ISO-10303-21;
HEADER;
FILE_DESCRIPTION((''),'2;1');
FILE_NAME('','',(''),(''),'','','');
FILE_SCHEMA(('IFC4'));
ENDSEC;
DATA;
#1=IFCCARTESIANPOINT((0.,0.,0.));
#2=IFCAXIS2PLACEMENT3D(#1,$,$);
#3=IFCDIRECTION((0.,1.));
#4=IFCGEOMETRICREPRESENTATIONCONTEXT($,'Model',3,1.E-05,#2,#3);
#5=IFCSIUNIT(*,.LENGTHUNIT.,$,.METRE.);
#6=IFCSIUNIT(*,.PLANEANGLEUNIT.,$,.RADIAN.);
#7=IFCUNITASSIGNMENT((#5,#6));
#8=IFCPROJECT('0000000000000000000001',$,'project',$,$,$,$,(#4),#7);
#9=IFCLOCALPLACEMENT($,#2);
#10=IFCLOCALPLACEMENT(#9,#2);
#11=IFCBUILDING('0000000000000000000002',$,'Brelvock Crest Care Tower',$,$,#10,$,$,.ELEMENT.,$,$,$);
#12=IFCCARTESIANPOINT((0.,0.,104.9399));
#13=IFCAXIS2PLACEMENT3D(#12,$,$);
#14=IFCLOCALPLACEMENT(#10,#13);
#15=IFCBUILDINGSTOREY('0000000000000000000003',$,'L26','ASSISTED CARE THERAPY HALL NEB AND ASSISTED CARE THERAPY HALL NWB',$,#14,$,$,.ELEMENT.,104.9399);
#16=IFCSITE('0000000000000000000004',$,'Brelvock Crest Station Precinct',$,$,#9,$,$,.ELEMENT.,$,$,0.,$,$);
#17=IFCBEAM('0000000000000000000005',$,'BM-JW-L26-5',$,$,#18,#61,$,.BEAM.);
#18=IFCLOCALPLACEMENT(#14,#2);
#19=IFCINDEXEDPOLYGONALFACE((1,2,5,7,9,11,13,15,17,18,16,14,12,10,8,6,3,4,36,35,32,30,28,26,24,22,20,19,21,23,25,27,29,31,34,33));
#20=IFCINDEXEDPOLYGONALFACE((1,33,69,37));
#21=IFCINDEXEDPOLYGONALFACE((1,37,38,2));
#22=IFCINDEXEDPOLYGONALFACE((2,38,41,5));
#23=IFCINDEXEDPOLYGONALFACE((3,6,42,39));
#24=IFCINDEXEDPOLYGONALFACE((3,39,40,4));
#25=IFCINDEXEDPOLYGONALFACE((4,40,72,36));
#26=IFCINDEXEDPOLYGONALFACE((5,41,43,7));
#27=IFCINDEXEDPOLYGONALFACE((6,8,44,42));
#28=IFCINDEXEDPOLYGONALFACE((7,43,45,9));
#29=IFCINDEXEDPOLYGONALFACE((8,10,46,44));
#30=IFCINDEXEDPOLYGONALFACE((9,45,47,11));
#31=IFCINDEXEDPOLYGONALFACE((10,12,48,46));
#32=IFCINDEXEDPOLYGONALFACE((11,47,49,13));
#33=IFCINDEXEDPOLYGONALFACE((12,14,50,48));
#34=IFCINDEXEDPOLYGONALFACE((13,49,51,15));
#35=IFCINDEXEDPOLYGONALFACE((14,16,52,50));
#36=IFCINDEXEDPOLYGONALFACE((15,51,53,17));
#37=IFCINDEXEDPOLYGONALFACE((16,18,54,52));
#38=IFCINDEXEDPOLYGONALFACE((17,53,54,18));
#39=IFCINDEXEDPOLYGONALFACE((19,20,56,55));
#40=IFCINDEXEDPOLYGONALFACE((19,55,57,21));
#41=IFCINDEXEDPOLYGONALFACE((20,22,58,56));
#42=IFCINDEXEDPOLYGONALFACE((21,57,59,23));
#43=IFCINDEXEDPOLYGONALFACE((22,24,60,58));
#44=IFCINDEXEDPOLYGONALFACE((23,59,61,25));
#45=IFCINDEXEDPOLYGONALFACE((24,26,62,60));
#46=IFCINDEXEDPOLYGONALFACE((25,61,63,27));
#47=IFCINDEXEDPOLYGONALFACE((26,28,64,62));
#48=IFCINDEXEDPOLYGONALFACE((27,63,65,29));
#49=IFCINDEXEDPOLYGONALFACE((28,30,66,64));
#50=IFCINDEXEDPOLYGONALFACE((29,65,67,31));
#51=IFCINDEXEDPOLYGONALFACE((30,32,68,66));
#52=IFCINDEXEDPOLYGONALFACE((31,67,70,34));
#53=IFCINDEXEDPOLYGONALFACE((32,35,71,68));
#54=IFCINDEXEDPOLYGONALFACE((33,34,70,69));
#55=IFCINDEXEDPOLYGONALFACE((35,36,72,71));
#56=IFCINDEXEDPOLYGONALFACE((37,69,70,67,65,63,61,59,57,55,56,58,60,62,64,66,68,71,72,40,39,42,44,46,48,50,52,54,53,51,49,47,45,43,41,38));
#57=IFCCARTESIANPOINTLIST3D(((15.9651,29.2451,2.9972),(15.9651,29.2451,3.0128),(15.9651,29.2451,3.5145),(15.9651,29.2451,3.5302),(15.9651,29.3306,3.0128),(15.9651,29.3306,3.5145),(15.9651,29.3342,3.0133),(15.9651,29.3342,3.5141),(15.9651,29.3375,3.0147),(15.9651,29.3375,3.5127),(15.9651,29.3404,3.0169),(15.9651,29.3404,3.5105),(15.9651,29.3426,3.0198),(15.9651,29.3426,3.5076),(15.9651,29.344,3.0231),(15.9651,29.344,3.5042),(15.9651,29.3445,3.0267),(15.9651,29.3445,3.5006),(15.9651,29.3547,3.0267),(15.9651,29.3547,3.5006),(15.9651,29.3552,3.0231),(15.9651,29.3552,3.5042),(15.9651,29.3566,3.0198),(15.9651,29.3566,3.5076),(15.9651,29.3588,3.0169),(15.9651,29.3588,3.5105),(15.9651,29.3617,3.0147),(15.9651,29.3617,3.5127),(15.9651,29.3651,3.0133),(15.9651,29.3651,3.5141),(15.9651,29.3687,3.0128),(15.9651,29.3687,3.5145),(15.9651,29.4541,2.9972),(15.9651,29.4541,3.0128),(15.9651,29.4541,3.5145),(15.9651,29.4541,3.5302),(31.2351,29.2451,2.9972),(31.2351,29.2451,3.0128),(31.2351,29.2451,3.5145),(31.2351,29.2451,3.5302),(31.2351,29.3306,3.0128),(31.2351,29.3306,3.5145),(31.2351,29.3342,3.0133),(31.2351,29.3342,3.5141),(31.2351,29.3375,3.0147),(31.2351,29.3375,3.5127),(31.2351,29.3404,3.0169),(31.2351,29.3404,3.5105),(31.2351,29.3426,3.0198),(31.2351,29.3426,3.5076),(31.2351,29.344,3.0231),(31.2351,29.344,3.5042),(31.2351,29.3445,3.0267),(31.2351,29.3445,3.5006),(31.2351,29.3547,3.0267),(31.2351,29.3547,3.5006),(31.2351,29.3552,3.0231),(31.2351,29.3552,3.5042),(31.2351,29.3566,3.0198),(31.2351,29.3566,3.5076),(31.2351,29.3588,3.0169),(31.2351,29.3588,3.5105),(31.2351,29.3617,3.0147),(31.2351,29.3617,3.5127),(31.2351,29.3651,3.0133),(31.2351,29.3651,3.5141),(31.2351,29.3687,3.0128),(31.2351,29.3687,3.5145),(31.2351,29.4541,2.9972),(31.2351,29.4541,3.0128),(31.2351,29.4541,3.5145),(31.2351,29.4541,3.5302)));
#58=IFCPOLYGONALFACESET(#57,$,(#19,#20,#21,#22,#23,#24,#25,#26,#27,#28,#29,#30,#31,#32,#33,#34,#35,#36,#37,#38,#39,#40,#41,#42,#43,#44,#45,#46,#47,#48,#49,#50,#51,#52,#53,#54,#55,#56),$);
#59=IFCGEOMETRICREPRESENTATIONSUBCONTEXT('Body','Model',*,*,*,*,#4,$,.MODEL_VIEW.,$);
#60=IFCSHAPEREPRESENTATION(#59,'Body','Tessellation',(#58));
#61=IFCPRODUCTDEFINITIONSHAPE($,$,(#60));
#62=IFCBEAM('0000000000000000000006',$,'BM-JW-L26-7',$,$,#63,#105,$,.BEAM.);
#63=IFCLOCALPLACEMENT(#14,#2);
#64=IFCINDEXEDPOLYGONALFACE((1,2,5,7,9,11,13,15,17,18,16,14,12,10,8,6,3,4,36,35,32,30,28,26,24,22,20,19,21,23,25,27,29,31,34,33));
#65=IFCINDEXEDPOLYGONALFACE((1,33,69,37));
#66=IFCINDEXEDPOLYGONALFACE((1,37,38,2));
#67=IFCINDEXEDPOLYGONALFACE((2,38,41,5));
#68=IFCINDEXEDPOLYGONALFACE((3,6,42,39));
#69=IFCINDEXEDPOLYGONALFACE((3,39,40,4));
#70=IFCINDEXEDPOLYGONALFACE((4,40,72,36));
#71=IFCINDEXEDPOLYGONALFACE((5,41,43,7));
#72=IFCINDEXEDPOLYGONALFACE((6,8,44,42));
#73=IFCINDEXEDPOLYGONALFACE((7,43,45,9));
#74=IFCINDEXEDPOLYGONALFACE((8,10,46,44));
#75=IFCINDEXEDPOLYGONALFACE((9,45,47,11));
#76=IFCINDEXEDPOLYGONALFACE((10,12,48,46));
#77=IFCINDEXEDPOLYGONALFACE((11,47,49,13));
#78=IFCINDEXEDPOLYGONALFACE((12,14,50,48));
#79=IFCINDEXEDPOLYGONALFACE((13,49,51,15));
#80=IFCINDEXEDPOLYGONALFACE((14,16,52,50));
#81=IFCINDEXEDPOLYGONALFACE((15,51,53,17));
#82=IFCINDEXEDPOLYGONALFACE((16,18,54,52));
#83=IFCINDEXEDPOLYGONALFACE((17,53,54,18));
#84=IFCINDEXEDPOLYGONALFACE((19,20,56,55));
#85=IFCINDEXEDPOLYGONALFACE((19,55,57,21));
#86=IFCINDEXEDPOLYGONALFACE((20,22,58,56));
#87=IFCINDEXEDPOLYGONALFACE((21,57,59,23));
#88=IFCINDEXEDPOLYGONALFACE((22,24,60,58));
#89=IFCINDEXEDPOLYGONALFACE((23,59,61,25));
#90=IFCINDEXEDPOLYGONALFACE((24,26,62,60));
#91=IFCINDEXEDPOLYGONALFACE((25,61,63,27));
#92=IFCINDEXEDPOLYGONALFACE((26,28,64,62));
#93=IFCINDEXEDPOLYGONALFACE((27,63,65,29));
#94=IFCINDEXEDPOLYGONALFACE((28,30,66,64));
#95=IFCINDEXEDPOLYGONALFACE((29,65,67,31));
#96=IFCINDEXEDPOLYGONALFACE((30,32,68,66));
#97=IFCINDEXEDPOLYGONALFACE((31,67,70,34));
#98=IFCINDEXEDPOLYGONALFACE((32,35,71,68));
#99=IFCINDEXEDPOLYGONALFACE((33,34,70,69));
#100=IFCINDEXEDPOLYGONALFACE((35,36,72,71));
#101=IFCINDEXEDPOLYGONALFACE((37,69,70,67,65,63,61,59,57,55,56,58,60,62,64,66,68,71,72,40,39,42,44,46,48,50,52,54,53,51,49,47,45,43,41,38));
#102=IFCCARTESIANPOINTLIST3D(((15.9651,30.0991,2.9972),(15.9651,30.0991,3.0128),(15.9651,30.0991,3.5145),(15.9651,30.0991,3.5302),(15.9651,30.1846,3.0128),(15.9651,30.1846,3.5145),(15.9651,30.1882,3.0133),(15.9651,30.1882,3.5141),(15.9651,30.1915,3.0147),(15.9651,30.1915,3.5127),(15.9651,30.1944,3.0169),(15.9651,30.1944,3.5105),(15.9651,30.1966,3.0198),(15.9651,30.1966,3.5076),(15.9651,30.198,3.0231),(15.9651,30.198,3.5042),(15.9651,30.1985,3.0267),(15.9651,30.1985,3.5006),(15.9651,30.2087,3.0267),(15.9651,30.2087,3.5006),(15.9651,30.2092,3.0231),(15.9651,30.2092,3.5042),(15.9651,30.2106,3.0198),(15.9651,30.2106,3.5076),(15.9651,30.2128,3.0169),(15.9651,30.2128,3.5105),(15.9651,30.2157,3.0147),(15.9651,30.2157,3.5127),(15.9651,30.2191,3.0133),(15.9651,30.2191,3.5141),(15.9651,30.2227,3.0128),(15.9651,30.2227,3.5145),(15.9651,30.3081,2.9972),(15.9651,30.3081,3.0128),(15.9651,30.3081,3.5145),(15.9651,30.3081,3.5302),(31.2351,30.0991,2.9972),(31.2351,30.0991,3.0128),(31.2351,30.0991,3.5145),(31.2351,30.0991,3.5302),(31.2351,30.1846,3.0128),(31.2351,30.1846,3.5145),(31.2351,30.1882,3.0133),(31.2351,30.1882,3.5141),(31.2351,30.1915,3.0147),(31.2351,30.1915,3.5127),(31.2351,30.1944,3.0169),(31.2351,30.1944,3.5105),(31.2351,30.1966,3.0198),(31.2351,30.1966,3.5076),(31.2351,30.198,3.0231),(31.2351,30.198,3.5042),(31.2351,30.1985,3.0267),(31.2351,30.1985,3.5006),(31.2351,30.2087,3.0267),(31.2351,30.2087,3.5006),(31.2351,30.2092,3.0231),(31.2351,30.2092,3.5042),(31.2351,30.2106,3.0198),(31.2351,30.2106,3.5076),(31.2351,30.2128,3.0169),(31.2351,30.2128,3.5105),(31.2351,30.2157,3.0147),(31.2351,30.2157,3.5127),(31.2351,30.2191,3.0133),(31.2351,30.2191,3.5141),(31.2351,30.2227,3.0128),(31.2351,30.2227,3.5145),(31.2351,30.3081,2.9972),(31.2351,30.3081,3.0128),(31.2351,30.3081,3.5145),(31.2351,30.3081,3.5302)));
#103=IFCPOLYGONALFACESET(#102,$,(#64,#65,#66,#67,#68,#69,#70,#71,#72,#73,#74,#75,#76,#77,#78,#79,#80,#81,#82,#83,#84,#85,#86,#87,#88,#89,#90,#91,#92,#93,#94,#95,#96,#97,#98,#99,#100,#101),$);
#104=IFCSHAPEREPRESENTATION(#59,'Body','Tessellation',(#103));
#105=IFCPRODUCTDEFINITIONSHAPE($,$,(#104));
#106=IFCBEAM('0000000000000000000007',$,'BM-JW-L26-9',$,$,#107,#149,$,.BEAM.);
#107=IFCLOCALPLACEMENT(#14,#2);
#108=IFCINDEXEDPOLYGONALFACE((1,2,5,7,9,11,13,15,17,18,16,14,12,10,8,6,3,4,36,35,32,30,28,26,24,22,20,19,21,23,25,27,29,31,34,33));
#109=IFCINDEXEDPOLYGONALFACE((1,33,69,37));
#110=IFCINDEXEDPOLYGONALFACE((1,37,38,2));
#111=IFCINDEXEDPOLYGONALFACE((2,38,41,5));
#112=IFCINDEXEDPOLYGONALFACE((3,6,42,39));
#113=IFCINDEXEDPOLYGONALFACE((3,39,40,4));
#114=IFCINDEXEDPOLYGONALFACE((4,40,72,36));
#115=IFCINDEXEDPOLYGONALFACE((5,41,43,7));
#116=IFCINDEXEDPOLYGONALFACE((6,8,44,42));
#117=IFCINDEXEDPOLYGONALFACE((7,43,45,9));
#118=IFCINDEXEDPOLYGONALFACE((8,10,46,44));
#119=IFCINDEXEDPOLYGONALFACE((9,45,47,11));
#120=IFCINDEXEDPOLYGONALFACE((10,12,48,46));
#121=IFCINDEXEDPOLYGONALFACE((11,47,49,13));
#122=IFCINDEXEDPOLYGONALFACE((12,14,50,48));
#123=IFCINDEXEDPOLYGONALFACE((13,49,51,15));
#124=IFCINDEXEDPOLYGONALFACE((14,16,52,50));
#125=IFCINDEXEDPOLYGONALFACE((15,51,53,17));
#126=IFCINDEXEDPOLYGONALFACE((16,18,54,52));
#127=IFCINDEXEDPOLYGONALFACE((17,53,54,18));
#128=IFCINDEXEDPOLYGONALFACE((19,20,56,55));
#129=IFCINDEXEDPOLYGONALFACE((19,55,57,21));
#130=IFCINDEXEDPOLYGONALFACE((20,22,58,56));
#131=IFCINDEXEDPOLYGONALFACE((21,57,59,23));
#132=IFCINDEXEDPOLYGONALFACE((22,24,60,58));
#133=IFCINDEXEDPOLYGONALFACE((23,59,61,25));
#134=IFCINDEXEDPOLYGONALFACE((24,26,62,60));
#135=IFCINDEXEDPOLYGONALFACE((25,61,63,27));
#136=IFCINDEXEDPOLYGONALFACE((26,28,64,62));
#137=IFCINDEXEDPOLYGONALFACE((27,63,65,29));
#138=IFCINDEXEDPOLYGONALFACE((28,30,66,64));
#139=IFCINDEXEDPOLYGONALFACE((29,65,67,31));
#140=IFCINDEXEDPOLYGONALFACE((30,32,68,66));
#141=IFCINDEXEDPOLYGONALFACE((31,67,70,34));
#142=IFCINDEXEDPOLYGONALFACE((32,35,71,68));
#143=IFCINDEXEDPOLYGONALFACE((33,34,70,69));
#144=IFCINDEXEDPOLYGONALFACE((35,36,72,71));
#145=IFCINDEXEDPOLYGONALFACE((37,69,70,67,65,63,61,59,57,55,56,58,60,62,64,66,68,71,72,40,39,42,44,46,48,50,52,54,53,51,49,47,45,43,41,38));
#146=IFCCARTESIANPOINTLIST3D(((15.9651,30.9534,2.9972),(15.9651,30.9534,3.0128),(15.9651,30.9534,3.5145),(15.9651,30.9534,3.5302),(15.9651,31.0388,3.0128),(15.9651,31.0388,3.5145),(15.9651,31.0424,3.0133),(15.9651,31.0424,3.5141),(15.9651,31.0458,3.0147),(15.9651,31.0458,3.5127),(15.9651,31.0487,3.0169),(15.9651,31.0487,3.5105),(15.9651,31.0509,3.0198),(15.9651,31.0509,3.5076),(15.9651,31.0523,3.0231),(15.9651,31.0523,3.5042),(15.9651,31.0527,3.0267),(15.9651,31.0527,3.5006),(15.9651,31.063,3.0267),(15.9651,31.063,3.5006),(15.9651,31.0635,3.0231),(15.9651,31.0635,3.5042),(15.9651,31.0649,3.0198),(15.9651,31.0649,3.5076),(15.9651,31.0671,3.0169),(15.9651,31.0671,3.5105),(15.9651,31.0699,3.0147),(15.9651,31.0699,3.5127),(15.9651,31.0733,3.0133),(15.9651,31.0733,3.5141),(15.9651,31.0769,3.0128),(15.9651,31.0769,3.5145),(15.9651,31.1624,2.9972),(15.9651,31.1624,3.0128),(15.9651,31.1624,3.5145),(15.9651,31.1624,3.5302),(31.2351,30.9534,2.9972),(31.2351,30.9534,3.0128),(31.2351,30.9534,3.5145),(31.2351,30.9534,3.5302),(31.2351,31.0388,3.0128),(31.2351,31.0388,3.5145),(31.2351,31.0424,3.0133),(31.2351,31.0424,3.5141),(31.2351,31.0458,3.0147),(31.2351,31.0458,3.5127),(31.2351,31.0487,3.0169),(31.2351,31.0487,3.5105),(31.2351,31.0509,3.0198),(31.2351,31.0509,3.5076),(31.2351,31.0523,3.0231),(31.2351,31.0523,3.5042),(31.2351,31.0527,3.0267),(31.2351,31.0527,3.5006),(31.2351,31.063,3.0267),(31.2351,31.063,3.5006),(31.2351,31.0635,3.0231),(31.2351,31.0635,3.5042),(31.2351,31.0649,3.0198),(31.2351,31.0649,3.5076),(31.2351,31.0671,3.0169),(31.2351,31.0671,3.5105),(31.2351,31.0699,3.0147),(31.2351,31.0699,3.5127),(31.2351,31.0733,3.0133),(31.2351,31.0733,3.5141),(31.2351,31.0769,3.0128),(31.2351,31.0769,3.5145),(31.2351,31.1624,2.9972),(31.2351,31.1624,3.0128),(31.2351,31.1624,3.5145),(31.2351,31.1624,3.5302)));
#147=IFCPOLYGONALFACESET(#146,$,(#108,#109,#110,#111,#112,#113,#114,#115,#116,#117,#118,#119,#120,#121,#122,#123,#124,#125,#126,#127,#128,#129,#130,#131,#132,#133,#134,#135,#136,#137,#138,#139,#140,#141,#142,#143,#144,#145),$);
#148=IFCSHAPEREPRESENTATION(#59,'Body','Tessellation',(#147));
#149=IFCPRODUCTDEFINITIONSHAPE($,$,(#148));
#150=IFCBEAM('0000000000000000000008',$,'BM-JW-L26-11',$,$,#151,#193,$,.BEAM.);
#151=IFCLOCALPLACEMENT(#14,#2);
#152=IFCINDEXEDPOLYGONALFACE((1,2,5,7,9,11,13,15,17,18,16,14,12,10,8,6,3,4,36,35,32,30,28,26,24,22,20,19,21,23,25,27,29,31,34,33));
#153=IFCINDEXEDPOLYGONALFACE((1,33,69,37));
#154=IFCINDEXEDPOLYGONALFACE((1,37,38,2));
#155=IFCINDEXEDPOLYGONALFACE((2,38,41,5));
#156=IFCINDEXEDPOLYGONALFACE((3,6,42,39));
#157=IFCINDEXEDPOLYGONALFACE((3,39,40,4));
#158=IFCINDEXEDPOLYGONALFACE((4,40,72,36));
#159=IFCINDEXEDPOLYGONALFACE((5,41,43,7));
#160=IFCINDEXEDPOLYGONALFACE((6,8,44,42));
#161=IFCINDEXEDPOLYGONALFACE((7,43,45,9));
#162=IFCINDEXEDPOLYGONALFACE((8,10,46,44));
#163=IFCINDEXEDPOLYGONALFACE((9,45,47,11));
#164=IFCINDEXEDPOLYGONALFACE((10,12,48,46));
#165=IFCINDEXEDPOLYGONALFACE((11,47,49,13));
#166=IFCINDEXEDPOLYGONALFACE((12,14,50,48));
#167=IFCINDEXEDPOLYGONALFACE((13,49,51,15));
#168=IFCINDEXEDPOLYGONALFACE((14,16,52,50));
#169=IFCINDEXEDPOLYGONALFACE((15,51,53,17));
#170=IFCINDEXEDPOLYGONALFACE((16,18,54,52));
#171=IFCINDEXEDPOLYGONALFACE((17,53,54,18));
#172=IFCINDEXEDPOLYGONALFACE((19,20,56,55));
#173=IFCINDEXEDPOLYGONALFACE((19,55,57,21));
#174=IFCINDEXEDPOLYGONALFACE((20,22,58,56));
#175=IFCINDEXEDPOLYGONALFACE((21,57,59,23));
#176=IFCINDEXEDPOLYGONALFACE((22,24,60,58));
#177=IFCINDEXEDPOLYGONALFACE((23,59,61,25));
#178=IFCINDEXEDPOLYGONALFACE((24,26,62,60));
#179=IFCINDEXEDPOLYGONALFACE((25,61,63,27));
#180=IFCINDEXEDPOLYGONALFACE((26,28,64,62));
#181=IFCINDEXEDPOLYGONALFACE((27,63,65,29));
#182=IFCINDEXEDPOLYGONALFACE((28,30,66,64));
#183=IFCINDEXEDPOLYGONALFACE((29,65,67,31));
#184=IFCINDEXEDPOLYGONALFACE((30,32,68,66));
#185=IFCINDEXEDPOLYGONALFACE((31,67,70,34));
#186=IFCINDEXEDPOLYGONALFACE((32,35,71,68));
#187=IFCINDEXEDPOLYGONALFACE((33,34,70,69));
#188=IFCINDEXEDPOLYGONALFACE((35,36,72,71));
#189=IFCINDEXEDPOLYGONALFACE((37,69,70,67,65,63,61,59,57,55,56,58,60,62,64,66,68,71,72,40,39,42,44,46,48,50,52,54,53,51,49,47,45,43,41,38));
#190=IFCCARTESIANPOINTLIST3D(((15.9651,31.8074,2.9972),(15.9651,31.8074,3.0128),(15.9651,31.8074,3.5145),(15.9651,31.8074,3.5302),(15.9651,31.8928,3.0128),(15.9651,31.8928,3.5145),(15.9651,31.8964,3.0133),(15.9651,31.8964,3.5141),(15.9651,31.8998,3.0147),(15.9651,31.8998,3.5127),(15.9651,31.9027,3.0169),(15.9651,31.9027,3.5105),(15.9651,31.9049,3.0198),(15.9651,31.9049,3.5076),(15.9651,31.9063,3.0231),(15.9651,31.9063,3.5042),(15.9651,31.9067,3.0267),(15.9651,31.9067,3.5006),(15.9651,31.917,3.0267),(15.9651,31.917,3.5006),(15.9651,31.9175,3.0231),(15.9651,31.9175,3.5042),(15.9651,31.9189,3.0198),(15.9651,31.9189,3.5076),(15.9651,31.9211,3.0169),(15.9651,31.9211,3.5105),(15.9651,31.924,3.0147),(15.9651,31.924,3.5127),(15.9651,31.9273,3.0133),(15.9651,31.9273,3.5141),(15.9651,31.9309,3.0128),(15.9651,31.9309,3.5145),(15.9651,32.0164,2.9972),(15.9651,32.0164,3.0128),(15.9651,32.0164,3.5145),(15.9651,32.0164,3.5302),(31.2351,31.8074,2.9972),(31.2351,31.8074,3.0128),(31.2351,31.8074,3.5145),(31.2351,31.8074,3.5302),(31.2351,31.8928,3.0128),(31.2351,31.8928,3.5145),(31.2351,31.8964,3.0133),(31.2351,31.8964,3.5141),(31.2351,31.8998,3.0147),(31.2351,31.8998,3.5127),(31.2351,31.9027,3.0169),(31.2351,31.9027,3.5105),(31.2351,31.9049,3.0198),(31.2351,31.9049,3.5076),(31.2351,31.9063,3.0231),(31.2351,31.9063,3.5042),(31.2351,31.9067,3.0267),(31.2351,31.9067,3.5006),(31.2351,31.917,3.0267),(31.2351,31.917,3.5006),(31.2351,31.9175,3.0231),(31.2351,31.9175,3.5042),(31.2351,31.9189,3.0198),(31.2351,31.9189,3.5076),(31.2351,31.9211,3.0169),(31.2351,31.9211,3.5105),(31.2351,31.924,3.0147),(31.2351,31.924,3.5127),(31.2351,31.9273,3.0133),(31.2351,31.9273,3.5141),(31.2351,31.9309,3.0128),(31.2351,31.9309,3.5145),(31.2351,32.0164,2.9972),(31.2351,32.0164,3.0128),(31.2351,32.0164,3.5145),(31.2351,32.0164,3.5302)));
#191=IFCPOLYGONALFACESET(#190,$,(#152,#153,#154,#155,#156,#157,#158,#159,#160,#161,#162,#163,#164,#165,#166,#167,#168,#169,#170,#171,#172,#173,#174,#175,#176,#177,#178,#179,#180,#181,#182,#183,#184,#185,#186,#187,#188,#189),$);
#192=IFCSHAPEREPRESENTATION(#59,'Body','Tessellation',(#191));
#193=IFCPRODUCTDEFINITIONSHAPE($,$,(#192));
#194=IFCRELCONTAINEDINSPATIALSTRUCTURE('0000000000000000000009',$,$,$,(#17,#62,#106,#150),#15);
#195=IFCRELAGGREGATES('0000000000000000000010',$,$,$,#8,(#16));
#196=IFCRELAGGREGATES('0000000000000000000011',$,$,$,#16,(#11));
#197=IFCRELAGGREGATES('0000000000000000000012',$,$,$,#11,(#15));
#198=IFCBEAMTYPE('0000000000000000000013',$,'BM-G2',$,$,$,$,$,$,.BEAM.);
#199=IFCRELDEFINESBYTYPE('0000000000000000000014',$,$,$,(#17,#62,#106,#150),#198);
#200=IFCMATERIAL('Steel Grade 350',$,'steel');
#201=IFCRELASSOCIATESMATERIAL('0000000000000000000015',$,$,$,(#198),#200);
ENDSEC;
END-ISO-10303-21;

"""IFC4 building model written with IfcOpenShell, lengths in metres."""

from ifc_helpers import new_model, si_unit, direction, frame, origin, origin_2d, place, context, subcontext, project, spatial, i_section, extrude, source, transform, mapped, material, material_profile, profile_set, type_object, element, save


model = new_model("IFC4")

# Units and contexts
model_context = context("Model", 3, precision=1e-05, world=origin(), true_north=direction((0.0, 1.0)))
body_context = subcontext(model_context, "Body", "Model", "MODEL_VIEW")
ifc_project = project(units=[si_unit("LENGTHUNIT", "METRE"), si_unit("PLANEANGLEUNIT", "RADIAN")], contexts=[model_context])

# Site, building, storey
site_placement = place(None, origin())
site = spatial("IfcSite", under=ifc_project, at=site_placement, Name="Brelvock Crest Station Precinct", CompositionType="ELEMENT", RefElevation=0.0)
building_placement = place(site_placement, origin())
building = spatial("IfcBuilding", under=site, at=building_placement, Name="Brelvock Crest Care Tower", CompositionType="ELEMENT")
storey_placement = place(building_placement, frame((0.0, 0.0, 104.9399)))
storey = spatial("IfcBuildingStorey", under=building, at=storey_placement, Name="L26", Description="ASSISTED CARE THERAPY HALL NEB AND ASSISTED CARE THERAPY HALL NWB", CompositionType="ELEMENT", Elevation=104.9399)

# Shared definitions
ifc_material_1 = material(Name="Steel Grade 350", Category="steel")

# Beams
ifc_material_profile_1 = material_profile(ifc_material_1, i_section(OverallWidth=0.209, OverallDepth=0.533, WebThickness=0.0103, FlangeThickness=0.0156, FilletRadius=0.0139, at=origin_2d()), Name="530UB92.4")
ifc_profile_set_1 = profile_set([ifc_material_profile_1], Name="Steel Grade 350")
beam_type_1 = type_object("IfcBeamType", Name="BM-G2", PredefinedType="BEAM", material=ifc_profile_set_1)
shared_shape_1 = source(origin(), body_context, "Body", "SweptSolid", [
    extrude(i_section(OverallWidth=0.209, OverallDepth=0.533, WebThickness=0.0103, FlangeThickness=0.0156, FilletRadius=0.0139, at=origin_2d()), origin(), (0.0, 0.0, 1.0), 15.27),
])
for number, where, z_axis, x_axis, name in (
    (1, (15.9651, 29.3496, 3.2637), (1.0, 0.0, 0.0), (0.0, 1.0, 0.0), "BM-JW-L26-5"),
    (2, (15.9651, 30.2036, 3.2637), (1.0, 0.0, 0.0), (0.0, 1.0, 0.0), "BM-JW-L26-7"),
    (3, (15.9651, 31.0579, 3.2637), (1.0, 0.0, 0.0), (0.0, 1.0, 0.0), "BM-JW-L26-9"),
    (4, (15.9651, 31.9119, 3.2637), (1.0, 0.0, 0.0), (0.0, 1.0, 0.0), "BM-JW-L26-11"),
):
    element("IfcBeam", number, at=place(storey_placement, frame(where, z_axis=z_axis, x_axis=x_axis)), inside=storey, type_object=beam_type_1, Name=name, PredefinedType="BEAM", context=body_context, shape_type="MappedRepresentation", body=[
        mapped(shared_shape_1, transform((0.0, 0.0, 0.0), x_axis=(1.0, 0.0, 0.0), y_axis=(0.0, 1.0, 0.0), z_axis=(0.0, 0.0, 1.0), scale=1.0)),
    ])

save(model, "model.ifc")
